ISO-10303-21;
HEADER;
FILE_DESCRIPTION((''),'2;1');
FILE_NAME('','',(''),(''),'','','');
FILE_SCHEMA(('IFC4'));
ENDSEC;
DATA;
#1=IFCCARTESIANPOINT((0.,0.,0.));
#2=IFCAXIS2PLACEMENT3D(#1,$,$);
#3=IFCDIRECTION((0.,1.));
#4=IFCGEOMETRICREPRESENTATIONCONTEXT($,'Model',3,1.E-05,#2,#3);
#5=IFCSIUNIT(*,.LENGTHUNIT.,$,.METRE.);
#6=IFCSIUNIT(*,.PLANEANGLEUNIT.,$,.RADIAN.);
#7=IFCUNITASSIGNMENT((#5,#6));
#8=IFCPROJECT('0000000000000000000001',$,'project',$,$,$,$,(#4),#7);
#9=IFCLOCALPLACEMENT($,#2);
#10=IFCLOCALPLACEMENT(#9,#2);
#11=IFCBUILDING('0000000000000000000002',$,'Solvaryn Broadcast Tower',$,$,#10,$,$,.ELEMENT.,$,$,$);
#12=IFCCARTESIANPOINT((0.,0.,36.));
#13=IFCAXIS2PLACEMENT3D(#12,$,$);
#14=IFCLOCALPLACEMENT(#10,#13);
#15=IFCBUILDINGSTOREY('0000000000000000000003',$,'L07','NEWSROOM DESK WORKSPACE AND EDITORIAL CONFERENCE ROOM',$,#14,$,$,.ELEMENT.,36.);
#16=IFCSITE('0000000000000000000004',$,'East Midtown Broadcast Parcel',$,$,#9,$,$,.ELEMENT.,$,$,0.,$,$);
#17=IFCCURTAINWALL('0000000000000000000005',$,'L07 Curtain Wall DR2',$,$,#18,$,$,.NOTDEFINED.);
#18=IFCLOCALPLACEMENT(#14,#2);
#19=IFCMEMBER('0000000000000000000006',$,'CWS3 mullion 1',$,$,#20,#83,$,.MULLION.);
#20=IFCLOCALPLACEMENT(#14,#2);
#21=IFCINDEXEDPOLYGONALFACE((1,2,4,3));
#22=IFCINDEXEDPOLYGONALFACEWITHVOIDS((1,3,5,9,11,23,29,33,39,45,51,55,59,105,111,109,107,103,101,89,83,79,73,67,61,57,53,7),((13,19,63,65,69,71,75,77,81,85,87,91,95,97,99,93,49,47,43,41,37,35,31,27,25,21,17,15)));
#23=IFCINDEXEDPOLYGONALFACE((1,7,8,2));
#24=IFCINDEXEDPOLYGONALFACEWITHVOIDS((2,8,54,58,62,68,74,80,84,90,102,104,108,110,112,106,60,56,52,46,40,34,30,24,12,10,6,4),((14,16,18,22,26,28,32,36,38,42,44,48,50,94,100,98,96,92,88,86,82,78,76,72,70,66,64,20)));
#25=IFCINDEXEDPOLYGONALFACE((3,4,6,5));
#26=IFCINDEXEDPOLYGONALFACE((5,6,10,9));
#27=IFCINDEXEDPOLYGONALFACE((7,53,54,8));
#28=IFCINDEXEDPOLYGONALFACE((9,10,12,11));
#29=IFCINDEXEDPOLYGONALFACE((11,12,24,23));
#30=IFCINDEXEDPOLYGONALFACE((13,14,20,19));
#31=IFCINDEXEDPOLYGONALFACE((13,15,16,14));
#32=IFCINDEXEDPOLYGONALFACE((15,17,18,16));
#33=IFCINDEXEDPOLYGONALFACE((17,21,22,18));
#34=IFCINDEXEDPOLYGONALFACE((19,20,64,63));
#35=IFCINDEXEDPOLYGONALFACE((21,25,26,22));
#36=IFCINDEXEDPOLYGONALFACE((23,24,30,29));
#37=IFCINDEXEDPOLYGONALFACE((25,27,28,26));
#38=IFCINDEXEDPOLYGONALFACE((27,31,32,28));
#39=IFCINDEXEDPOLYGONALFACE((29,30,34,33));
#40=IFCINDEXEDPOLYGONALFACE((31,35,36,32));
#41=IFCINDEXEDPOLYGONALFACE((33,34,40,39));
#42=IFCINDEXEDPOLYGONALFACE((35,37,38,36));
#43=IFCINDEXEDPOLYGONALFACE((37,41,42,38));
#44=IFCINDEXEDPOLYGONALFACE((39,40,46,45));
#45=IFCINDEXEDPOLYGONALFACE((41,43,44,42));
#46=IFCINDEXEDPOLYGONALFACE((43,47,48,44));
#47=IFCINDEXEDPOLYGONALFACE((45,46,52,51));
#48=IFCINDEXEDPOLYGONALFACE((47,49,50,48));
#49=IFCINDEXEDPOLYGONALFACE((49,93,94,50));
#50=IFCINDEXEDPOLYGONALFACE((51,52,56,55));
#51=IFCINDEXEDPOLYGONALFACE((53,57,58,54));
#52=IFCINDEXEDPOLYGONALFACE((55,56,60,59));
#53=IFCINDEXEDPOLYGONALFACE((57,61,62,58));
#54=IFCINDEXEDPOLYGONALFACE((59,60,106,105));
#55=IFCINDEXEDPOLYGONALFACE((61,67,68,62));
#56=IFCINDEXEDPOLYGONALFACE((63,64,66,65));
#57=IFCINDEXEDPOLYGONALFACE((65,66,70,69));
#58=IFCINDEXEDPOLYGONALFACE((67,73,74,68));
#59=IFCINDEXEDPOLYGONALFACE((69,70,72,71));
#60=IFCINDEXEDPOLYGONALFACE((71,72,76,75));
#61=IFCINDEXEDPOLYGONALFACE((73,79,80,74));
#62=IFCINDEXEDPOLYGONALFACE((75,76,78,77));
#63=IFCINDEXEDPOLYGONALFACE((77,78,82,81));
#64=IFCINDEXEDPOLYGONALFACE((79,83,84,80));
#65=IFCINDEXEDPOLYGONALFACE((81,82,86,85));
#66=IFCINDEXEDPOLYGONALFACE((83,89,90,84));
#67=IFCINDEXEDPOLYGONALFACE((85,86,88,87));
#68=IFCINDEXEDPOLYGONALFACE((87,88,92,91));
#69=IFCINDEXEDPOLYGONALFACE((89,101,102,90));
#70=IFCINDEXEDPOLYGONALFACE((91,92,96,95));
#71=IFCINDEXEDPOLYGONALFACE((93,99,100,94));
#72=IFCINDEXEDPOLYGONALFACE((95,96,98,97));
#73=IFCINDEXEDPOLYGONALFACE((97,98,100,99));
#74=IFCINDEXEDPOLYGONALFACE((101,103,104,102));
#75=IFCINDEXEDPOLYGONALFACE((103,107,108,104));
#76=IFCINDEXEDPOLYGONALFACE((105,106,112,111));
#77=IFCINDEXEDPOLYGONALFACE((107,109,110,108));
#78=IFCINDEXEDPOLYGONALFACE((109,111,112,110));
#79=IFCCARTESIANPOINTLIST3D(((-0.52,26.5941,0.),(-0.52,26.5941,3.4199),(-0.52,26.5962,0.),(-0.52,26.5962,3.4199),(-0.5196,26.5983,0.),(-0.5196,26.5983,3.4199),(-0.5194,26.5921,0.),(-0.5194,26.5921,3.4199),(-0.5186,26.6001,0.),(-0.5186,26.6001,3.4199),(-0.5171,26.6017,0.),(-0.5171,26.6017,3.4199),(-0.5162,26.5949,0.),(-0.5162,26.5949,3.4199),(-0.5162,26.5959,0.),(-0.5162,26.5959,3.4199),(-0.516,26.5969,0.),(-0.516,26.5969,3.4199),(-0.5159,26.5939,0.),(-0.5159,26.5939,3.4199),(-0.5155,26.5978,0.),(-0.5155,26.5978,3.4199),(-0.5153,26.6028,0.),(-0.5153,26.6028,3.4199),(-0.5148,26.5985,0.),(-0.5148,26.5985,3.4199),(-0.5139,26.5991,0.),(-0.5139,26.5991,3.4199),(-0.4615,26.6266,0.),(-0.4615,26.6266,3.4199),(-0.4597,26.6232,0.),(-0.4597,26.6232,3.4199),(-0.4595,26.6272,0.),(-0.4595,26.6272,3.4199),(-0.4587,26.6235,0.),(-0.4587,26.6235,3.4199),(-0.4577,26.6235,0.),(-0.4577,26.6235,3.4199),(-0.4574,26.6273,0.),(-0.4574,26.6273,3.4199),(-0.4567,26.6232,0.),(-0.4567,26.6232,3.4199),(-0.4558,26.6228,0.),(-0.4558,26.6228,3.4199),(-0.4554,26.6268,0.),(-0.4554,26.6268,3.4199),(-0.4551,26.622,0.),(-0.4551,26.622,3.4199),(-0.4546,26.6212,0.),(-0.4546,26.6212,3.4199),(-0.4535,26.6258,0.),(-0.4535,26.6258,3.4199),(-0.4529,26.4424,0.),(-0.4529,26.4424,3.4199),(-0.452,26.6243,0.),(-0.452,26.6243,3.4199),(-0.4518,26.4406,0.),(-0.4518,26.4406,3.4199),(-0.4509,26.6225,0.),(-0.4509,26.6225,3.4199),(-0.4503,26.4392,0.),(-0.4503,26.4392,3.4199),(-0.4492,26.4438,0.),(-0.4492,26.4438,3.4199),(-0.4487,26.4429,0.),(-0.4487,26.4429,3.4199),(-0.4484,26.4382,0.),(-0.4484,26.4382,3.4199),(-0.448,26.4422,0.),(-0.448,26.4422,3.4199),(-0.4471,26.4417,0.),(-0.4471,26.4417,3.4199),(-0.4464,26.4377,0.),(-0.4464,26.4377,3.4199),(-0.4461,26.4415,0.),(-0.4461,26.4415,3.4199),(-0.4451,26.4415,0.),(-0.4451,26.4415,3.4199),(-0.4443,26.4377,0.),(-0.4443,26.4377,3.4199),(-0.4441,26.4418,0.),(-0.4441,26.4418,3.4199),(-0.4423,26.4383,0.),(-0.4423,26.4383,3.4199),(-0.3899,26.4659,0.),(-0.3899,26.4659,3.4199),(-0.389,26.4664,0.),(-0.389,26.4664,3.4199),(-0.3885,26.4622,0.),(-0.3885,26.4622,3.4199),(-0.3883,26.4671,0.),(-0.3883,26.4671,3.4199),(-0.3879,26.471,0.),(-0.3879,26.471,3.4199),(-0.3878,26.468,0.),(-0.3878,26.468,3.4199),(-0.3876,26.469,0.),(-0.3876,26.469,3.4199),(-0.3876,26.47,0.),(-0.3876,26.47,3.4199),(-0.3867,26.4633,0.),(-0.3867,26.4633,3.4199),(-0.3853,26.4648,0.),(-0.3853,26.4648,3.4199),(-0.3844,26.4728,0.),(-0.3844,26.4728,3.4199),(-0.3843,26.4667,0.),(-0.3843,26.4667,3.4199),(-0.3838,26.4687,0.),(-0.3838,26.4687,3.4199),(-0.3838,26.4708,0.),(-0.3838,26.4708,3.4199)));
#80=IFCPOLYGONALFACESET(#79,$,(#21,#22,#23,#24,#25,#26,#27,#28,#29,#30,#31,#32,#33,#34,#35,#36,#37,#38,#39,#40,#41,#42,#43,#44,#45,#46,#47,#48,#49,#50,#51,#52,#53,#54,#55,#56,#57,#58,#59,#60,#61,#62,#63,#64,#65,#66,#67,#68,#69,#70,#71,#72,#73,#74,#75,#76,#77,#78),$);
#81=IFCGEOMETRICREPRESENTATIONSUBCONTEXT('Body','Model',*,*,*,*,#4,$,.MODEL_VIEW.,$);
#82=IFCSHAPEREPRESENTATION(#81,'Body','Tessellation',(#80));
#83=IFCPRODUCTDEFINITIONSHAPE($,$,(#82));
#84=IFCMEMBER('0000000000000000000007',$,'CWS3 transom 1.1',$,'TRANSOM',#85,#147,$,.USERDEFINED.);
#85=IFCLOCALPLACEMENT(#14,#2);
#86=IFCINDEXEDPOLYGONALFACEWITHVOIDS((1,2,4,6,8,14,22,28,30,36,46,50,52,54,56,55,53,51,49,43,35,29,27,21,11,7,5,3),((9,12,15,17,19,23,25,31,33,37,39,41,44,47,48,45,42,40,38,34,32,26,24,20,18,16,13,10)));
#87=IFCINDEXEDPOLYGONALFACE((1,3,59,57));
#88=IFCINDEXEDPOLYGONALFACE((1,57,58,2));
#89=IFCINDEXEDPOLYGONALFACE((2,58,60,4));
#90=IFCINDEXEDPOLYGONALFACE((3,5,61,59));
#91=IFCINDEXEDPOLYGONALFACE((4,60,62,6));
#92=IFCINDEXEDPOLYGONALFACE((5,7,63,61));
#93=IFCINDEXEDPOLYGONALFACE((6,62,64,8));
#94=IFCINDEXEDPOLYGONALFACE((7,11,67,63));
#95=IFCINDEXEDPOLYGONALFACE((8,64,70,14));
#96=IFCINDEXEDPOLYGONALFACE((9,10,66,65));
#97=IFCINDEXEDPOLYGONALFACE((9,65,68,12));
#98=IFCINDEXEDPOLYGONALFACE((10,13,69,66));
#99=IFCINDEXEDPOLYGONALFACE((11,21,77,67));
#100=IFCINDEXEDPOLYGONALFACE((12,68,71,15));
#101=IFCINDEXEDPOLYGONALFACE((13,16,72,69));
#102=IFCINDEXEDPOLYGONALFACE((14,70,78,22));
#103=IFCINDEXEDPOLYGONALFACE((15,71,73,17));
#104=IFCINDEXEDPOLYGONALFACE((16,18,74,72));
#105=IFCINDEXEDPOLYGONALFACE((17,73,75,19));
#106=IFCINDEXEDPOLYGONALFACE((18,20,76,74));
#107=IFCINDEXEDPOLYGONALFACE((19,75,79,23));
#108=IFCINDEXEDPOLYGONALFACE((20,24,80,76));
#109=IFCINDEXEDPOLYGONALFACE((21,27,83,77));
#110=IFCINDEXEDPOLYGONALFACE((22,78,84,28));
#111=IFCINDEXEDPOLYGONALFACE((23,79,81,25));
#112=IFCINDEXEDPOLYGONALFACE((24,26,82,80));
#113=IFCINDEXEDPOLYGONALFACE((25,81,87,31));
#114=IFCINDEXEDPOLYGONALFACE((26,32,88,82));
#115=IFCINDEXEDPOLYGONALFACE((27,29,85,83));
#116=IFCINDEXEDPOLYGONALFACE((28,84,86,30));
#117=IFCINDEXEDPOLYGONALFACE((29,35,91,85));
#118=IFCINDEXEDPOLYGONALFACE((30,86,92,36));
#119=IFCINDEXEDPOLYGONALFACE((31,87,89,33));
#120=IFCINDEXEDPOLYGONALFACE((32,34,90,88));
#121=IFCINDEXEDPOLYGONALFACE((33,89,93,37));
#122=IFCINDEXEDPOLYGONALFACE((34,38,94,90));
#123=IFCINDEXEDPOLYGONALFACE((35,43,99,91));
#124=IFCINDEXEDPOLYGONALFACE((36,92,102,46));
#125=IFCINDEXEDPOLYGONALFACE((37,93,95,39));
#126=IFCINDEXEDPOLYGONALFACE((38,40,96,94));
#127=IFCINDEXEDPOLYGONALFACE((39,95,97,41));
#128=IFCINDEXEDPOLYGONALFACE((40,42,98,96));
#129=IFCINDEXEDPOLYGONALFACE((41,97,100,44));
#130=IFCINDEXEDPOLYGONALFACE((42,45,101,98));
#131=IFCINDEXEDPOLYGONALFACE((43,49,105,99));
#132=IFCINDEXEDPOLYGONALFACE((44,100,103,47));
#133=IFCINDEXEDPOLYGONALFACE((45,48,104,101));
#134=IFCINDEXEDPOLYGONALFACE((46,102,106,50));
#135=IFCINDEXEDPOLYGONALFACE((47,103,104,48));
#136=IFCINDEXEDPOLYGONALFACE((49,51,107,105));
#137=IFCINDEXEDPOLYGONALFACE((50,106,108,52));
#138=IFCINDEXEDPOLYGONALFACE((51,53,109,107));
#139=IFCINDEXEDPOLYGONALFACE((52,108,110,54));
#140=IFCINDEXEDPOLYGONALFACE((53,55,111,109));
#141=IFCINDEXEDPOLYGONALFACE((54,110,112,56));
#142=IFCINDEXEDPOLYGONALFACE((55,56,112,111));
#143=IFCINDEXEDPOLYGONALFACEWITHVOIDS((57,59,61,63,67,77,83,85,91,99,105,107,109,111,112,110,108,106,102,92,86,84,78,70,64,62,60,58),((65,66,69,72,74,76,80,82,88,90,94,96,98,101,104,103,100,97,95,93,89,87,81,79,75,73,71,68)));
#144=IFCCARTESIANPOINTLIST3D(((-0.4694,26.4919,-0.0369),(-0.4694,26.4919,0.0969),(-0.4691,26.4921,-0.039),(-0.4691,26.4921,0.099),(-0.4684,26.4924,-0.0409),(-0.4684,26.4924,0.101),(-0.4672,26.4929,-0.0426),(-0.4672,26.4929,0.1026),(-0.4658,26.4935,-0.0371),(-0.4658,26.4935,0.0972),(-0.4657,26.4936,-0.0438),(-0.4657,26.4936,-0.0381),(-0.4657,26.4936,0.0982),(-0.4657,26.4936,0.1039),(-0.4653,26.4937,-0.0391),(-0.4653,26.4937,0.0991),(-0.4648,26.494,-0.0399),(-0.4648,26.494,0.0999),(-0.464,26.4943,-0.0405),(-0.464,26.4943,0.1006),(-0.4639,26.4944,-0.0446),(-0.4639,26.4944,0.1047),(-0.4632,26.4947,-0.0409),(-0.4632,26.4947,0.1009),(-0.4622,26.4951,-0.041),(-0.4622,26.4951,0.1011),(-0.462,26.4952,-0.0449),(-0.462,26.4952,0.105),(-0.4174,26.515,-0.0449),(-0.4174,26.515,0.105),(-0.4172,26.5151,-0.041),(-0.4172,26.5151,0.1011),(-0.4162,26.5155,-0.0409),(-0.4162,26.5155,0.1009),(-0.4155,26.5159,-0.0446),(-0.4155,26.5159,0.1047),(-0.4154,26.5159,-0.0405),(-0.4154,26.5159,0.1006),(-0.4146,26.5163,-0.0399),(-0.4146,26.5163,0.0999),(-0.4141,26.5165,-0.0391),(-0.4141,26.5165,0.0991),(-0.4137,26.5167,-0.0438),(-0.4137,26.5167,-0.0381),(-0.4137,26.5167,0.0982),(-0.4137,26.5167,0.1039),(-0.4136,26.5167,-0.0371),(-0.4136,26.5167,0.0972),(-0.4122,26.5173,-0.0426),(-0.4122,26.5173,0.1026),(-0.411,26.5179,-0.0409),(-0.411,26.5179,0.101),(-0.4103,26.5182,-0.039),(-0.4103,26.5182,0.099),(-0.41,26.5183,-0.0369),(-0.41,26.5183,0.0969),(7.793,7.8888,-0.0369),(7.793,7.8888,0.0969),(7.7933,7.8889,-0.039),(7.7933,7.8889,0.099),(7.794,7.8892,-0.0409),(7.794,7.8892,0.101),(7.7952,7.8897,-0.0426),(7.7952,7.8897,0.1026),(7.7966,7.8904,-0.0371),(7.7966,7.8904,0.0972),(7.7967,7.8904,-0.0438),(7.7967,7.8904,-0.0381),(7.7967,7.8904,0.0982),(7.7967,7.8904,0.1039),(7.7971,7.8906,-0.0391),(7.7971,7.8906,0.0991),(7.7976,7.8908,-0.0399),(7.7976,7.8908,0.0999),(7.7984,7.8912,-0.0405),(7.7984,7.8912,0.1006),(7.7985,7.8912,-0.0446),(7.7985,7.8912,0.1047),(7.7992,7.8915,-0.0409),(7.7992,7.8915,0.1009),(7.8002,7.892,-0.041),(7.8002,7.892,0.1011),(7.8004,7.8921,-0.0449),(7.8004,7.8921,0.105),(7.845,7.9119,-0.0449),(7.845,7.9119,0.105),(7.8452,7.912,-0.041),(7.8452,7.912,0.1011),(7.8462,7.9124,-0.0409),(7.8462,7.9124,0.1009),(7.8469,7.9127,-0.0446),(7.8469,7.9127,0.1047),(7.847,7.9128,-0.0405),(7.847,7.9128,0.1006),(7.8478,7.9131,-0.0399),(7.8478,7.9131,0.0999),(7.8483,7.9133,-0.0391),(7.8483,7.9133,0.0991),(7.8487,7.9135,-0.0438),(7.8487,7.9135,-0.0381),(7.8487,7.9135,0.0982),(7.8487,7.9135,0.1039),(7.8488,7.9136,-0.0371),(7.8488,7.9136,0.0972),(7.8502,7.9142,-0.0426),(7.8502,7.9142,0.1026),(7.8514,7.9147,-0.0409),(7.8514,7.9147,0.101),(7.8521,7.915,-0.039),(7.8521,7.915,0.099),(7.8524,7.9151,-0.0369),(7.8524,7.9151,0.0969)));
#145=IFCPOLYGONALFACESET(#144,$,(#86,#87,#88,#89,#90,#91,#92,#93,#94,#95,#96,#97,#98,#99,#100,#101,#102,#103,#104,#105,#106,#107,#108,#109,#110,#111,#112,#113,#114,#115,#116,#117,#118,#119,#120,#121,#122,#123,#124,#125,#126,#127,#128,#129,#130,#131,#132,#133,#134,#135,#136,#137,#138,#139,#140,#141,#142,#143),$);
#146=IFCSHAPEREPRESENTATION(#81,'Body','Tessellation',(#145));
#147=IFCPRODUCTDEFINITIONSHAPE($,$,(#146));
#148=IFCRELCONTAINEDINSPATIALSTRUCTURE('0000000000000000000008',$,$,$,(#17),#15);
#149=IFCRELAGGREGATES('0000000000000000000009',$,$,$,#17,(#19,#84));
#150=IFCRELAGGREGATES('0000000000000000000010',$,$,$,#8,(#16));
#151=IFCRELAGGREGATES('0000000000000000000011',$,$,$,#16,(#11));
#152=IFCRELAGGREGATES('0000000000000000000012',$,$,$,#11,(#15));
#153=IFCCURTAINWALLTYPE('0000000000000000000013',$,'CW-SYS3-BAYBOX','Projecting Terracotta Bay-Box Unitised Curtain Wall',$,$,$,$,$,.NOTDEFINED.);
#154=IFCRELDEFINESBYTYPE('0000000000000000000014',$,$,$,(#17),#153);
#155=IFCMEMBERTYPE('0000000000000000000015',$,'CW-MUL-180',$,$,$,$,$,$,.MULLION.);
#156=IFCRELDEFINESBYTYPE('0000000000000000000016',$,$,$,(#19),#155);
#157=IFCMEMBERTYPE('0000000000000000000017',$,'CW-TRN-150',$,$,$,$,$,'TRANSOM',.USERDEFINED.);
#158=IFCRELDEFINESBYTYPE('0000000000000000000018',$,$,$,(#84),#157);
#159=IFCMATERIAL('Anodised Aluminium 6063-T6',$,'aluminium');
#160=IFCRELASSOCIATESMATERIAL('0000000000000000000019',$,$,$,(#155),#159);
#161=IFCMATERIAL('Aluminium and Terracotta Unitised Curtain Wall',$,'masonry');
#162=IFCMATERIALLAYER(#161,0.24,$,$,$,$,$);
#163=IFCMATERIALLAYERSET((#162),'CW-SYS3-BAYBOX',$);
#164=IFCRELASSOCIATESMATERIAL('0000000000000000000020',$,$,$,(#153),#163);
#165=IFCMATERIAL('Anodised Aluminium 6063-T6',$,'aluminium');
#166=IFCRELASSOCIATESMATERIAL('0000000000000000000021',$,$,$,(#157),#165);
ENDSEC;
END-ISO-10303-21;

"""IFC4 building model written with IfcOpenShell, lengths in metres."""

from ifc_helpers import new_model, si_unit, direction, frame, origin, origin_2d, place, context, subcontext, project, spatial, hollow_rectangle, extrude, material, layer, layer_set, material_profile, profile_set, type_object, element, aggregate, save


model = new_model("IFC4")

# Units and contexts
model_context = context("Model", 3, precision=1e-05, world=origin(), true_north=direction((0.0, 1.0)))
body_context = subcontext(model_context, "Body", "Model", "MODEL_VIEW")
ifc_project = project(units=[si_unit("LENGTHUNIT", "METRE"), si_unit("PLANEANGLEUNIT", "RADIAN")], contexts=[model_context])

# Site, building, storey
site_placement = place(None, origin())
site = spatial("IfcSite", under=ifc_project, at=site_placement, Name="East Midtown Broadcast Parcel", CompositionType="ELEMENT", RefElevation=0.0)
building_placement = place(site_placement, origin())
building = spatial("IfcBuilding", under=site, at=building_placement, Name="Solvaryn Broadcast Tower", CompositionType="ELEMENT")
storey_placement = place(building_placement, frame((0.0, 0.0, 36.0)))
storey = spatial("IfcBuildingStorey", under=building, at=storey_placement, Name="L07", Description="NEWSROOM DESK WORKSPACE AND EDITORIAL CONFERENCE ROOM", CompositionType="ELEMENT", Elevation=36.0)

# Shared definitions
ifc_material_1 = material(Name="Anodised Aluminium 6063-T6", Category="aluminium")
ifc_material_profile_1 = material_profile(ifc_material_1, hollow_rectangle(XDim=0.075, YDim=0.1799, WallThickness=0.0039, InnerFilletRadius=0.0039, OuterFilletRadius=0.0081, at=origin_2d()))
ifc_profile_set_1 = profile_set([ifc_material_profile_1], Name="Anodised Aluminium 6063-T6")
member_type_1 = type_object("IfcMemberType", Name="CW-MUL-180", PredefinedType="MULLION", material=ifc_profile_set_1)

# Curtain wall, members
ifc_material_2 = material(Name="Aluminium and Terracotta Unitised Curtain Wall", Category="masonry")
ifc_layer_1 = layer(ifc_material_2, 0.24)
ifc_layer_set_1 = layer_set([ifc_layer_1], Name="CW-SYS3-BAYBOX")
curtain_wall_type_1 = type_object("IfcCurtainWallType", Name="CW-SYS3-BAYBOX", Description="Projecting Terracotta Bay-Box Unitised Curtain Wall", PredefinedType="NOTDEFINED", material=ifc_layer_set_1)
curtain_wall_1_placement = place(storey_placement, origin())
curtain_wall_1 = element("IfcCurtainWall", 1, at=curtain_wall_1_placement, inside=storey, type_object=curtain_wall_type_1, Name="L07 Curtain Wall DR2", PredefinedType="NOTDEFINED")
member_1_placement = place(storey_placement, frame((-0.4519, 26.5325, 0.0), z_axis=(0.0, 0.0, 1.0), x_axis=(0.913918, 0.405898, 0.0)))
member_1 = element("IfcMember", 2, at=member_1_placement, type_object=member_type_1, Name="CWS3 mullion 1", PredefinedType="MULLION", context=body_context, shape_type="SweptSolid", body=[
    extrude(hollow_rectangle(XDim=0.075, YDim=0.1799, WallThickness=0.0039, InnerFilletRadius=0.0039, OuterFilletRadius=0.0081, at=origin_2d()), origin(), (0.0, 0.0, 1.0), 3.4199),
])
ifc_material_3 = material(Name="Anodised Aluminium 6063-T6", Category="aluminium")
ifc_material_profile_2 = material_profile(ifc_material_3, hollow_rectangle(XDim=0.0649, YDim=0.1499, WallThickness=0.0039, InnerFilletRadius=0.0039, OuterFilletRadius=0.0081, at=origin_2d()))
ifc_profile_set_2 = profile_set([ifc_material_profile_2], Name="Anodised Aluminium 6063-T6")
member_type_2 = type_object("IfcMemberType", Name="CW-TRN-150", ElementType="TRANSOM", PredefinedType="USERDEFINED", material=ifc_profile_set_2)
member_2_placement = place(storey_placement, frame((-0.4397, 26.5051, 0.03), z_axis=(0.405906, -0.913915, 0.0), x_axis=(0.913915, 0.405906, 0.0)))
member_2 = element("IfcMember", 3, at=member_2_placement, type_object=member_type_2, Name="CWS3 transom 1.1", ObjectType="TRANSOM", PredefinedType="USERDEFINED", context=body_context, shape_type="SweptSolid", body=[
    extrude(hollow_rectangle(XDim=0.0649, YDim=0.1499, WallThickness=0.0039, InnerFilletRadius=0.0039, OuterFilletRadius=0.0081, at=origin_2d()), origin(), (0.0, 0.0, 1.0), 20.3555),
])
aggregate(curtain_wall_1, [member_1, member_2])

save(model, "model.ifc")
